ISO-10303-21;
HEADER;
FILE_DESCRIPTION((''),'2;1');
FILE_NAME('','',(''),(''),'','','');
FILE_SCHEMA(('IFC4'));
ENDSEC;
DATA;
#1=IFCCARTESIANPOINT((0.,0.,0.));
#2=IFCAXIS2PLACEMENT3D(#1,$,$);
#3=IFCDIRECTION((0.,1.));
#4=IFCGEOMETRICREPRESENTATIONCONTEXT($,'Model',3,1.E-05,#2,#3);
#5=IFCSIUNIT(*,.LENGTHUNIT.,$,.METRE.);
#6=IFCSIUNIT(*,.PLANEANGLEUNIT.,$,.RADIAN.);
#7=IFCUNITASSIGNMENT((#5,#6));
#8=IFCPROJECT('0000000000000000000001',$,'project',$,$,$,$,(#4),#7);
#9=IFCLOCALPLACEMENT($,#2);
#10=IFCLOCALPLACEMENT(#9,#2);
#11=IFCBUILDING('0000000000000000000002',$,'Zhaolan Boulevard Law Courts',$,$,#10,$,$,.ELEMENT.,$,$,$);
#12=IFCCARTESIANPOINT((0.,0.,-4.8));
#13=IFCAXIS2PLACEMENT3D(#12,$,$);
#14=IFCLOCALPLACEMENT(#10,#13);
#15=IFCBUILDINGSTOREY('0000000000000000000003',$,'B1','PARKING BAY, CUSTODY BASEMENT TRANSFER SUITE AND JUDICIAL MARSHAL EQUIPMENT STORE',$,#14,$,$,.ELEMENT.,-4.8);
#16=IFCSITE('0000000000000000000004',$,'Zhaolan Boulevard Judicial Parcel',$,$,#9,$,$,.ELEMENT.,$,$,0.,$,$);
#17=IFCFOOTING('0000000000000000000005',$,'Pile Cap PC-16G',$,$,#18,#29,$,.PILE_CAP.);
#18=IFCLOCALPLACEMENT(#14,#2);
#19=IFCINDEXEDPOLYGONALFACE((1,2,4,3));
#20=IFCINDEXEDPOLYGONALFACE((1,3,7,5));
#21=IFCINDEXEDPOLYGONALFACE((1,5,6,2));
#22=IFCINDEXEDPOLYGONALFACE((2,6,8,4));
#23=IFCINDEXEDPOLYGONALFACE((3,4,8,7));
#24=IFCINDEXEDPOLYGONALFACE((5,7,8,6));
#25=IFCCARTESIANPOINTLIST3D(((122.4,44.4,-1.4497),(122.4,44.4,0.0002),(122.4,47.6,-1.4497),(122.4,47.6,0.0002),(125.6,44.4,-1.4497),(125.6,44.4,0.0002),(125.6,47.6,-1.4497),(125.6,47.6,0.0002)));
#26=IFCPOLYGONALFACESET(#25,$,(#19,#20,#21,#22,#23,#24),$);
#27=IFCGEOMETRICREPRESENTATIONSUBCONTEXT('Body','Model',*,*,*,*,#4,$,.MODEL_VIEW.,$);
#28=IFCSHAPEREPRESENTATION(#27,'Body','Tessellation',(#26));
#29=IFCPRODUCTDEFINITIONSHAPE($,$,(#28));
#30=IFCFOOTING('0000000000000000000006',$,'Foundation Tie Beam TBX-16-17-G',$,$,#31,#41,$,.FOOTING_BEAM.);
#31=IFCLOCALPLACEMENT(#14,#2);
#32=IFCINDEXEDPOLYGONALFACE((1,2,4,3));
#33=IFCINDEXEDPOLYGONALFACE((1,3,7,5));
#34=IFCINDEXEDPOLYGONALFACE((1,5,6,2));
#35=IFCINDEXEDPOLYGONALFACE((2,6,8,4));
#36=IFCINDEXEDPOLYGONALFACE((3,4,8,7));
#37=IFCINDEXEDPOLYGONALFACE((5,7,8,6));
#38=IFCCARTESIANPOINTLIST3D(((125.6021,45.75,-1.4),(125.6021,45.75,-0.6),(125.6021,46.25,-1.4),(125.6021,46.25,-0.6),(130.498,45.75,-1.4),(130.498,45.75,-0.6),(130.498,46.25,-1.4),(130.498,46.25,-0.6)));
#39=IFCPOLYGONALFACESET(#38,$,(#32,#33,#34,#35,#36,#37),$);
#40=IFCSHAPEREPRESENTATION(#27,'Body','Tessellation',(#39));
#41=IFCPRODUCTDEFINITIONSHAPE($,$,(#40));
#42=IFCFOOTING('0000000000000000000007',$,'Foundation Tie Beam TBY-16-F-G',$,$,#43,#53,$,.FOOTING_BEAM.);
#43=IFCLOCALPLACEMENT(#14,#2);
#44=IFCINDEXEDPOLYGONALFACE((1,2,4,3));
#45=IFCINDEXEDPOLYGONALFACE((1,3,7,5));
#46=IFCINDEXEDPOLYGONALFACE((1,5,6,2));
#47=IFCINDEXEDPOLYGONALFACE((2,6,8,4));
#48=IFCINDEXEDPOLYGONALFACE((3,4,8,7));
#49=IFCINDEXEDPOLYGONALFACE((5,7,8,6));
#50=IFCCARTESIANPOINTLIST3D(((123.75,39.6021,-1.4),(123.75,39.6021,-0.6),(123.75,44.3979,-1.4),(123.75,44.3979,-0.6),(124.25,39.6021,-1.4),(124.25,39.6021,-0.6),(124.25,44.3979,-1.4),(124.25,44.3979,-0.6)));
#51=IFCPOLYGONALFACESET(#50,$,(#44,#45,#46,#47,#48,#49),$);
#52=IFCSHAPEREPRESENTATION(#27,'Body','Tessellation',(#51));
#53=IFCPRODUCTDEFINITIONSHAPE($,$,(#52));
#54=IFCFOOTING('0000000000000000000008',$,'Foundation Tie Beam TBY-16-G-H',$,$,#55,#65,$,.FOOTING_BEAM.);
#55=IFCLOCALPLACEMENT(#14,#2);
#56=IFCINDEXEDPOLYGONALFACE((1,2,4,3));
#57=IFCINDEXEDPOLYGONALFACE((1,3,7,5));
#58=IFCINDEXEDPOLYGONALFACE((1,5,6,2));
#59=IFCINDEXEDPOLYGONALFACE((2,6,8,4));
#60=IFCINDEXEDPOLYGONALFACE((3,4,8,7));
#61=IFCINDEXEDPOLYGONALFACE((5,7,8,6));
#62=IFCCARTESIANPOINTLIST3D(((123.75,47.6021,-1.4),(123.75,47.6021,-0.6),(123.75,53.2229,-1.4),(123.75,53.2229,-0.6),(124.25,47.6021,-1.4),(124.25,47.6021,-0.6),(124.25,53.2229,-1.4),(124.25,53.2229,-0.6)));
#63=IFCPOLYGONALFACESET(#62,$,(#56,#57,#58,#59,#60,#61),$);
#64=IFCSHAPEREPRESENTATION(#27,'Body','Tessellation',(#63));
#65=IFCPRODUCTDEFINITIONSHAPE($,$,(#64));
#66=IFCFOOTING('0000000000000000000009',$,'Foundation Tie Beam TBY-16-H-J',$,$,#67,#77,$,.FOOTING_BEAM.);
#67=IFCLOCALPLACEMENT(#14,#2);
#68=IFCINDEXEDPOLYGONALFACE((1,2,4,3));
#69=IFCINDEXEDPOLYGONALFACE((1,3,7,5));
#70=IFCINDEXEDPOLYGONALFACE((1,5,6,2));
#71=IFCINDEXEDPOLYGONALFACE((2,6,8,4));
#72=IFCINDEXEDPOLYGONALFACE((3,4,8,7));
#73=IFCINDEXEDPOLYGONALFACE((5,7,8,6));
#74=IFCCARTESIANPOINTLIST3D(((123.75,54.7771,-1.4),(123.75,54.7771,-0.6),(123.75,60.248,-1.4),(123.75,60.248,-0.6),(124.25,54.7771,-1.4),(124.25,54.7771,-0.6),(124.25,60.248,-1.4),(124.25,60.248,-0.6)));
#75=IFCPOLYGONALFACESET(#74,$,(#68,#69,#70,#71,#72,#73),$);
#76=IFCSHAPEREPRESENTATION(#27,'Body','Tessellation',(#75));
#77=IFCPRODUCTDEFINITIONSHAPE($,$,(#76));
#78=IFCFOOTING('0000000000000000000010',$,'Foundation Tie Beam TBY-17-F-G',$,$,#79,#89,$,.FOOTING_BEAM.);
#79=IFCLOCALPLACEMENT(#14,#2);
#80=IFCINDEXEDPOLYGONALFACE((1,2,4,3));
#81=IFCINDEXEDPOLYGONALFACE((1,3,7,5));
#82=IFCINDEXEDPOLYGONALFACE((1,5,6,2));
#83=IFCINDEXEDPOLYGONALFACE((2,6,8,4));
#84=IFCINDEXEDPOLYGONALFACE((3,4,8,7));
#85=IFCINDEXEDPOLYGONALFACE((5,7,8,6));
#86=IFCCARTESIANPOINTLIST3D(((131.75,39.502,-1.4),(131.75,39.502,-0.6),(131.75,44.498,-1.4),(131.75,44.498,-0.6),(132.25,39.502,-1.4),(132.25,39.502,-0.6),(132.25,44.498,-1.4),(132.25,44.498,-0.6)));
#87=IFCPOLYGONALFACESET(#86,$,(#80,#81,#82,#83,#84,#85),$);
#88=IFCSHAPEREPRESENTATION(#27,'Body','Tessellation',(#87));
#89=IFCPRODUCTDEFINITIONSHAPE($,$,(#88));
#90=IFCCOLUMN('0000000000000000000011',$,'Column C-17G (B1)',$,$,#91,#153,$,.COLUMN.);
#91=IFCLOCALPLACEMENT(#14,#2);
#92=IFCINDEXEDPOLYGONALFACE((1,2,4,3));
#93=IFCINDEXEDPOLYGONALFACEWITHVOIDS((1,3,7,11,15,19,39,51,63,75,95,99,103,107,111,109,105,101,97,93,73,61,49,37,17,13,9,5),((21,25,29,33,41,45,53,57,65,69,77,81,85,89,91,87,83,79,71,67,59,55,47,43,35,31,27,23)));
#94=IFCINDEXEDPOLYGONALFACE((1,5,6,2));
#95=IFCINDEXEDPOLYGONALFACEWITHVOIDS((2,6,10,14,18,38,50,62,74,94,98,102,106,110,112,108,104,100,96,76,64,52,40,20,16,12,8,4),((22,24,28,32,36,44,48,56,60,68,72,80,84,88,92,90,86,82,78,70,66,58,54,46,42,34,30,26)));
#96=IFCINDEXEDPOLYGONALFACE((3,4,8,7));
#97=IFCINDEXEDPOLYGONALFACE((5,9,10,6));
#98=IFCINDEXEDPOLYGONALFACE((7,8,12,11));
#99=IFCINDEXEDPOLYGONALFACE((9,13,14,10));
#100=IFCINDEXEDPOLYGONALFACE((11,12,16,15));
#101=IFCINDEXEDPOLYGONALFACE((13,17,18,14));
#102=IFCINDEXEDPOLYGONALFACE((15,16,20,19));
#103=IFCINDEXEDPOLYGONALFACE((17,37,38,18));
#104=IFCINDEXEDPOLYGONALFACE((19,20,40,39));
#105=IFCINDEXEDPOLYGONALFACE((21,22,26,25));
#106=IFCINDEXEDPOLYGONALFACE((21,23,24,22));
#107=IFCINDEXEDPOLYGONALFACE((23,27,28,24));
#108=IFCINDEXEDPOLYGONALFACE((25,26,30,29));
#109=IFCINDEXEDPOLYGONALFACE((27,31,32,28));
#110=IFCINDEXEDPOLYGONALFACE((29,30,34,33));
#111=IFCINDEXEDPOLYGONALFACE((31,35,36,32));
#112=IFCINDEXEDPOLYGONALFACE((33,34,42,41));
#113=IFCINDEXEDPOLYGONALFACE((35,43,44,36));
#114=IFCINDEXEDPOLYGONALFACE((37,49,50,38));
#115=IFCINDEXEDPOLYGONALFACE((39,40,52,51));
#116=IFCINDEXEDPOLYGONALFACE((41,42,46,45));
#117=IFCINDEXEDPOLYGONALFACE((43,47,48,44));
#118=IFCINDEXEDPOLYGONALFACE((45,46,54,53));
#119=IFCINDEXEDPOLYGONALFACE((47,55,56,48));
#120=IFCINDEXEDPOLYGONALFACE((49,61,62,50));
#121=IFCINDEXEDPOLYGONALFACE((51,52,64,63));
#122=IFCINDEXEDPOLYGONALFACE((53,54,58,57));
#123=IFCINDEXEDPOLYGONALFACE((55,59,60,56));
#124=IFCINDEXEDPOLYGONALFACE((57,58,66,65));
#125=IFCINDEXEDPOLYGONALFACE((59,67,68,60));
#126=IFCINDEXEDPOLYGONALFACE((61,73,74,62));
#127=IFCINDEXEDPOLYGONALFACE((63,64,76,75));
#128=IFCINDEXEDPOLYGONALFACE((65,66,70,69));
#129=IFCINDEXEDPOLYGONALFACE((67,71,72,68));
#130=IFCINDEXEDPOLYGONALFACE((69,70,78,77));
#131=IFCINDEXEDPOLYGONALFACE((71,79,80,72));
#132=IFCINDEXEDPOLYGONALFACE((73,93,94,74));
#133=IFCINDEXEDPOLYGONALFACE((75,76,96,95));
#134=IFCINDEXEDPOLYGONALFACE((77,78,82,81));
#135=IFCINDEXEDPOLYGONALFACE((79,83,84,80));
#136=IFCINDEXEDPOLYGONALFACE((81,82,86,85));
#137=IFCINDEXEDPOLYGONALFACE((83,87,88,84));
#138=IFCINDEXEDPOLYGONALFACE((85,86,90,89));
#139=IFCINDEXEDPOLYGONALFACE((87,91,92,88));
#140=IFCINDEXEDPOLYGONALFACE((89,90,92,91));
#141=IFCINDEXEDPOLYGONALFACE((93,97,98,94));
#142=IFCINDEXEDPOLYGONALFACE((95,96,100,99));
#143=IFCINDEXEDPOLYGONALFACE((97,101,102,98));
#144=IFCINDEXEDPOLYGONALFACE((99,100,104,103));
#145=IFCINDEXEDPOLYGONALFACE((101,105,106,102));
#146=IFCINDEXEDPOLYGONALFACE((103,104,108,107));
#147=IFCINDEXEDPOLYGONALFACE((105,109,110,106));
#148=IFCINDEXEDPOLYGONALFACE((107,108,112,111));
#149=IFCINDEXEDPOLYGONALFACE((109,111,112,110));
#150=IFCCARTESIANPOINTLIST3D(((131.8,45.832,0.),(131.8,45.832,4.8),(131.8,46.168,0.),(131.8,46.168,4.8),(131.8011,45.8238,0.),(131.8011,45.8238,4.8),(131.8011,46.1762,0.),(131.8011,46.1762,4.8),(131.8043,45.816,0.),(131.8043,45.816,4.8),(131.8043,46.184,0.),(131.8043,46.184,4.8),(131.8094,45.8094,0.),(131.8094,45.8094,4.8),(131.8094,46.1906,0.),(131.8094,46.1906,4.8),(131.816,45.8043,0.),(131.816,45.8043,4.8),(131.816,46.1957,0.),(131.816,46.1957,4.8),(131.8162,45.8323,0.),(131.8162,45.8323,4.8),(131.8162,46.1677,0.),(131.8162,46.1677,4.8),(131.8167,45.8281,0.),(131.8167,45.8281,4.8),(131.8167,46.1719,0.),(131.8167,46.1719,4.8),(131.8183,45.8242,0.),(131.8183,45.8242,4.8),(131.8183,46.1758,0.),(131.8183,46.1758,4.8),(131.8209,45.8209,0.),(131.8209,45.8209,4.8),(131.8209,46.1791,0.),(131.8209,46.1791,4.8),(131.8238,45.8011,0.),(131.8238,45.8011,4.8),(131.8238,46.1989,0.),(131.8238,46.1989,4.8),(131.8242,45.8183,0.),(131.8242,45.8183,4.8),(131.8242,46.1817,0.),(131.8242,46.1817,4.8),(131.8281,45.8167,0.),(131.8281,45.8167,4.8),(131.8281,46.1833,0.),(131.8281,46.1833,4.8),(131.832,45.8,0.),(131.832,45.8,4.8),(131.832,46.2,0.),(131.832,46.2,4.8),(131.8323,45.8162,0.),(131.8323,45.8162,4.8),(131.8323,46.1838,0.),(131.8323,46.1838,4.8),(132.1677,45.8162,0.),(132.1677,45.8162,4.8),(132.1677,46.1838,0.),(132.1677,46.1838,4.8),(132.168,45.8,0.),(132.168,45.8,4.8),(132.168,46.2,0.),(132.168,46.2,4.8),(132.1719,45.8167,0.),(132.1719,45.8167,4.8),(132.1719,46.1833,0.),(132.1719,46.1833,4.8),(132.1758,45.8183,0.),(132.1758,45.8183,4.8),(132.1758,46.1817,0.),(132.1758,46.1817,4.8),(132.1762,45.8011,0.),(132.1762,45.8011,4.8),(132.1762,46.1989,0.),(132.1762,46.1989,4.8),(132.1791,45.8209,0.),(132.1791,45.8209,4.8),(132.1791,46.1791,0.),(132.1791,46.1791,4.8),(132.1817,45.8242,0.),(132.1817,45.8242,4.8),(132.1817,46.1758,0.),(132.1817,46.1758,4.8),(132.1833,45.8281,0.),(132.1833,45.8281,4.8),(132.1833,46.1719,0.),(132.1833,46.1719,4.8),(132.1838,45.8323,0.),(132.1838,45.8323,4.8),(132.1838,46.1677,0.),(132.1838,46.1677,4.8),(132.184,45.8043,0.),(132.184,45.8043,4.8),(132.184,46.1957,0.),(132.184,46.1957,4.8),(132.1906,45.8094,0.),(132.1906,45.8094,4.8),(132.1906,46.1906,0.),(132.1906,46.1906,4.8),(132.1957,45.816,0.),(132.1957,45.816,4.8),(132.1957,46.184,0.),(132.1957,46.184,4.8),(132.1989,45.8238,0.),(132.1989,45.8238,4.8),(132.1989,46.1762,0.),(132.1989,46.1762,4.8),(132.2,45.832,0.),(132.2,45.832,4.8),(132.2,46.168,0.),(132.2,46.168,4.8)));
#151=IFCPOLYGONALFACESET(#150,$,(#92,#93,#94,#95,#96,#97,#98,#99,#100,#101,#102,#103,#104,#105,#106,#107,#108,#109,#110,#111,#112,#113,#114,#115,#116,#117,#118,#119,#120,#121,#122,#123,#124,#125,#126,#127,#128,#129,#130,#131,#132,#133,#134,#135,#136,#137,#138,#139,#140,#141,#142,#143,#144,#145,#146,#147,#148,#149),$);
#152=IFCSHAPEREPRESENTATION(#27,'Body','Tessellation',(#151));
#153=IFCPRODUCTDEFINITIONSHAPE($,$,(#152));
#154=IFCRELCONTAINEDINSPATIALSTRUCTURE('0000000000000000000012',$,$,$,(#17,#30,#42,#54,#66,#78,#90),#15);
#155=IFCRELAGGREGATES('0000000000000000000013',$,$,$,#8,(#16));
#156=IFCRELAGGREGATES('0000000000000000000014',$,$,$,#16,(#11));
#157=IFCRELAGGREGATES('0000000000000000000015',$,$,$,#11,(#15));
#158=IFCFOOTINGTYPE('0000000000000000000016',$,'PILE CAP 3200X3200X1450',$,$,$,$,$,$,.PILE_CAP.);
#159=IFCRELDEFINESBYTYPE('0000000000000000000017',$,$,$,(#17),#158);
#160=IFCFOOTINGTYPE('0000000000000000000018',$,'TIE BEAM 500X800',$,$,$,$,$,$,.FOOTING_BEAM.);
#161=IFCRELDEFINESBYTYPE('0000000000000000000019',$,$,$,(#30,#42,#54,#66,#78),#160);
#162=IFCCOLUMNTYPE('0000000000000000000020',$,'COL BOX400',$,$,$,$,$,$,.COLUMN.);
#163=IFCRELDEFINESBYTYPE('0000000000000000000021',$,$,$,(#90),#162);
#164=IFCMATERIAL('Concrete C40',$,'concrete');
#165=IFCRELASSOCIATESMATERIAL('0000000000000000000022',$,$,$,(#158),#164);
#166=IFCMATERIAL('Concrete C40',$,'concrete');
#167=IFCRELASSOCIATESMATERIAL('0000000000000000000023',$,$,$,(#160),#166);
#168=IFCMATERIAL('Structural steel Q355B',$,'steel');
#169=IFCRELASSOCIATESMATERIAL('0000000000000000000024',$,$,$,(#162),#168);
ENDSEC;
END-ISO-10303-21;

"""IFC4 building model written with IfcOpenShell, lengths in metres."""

from ifc_helpers import new_model, si_unit, direction, frame, origin, origin_2d, place, context, subcontext, project, spatial, rectangle, hollow_rectangle, extrude, material, material_profile, profile_set, type_object, element, save


model = new_model("IFC4")

# Units and contexts
model_context = context("Model", 3, precision=1e-05, world=origin(), true_north=direction((0.0, 1.0)))
body_context = subcontext(model_context, "Body", "Model", "MODEL_VIEW")
ifc_project = project(units=[si_unit("LENGTHUNIT", "METRE"), si_unit("PLANEANGLEUNIT", "RADIAN")], contexts=[model_context])

# Site, building, storey
site_placement = place(None, origin())
site = spatial("IfcSite", under=ifc_project, at=site_placement, Name="Zhaolan Boulevard Judicial Parcel", CompositionType="ELEMENT", RefElevation=0.0)
building_placement = place(site_placement, origin())
building = spatial("IfcBuilding", under=site, at=building_placement, Name="Zhaolan Boulevard Law Courts", CompositionType="ELEMENT")
storey_placement = place(building_placement, frame((0.0, 0.0, -4.8)))
storey = spatial("IfcBuildingStorey", under=building, at=storey_placement, Name="B1", Description="PARKING BAY, CUSTODY BASEMENT TRANSFER SUITE AND JUDICIAL MARSHAL EQUIPMENT STORE", CompositionType="ELEMENT", Elevation=-4.8)

# Footings
ifc_material_1 = material(Name="Concrete C40", Category="concrete")
footing_type_1 = type_object("IfcFootingType", Name="PILE CAP 3200X3200X1450", PredefinedType="PILE_CAP", material=ifc_material_1)
footing_1_placement = place(storey_placement, frame((124.0, 46.0, -1.4497), z_axis=(0.0, 0.0, 1.0), x_axis=(1.0, 0.0, 0.0)))
element("IfcFooting", 1, at=footing_1_placement, inside=storey, type_object=footing_type_1, Name="Pile Cap PC-16G", PredefinedType="PILE_CAP", context=body_context, shape_type="SweptSolid", body=[
    extrude(rectangle(XDim=3.2, YDim=3.2, at=origin_2d()), origin(), (0.0, 0.0, 1.0), 1.45),
])
ifc_material_2 = material(Name="Concrete C40", Category="concrete")
ifc_material_profile_1 = material_profile(ifc_material_2, rectangle(XDim=0.5, YDim=0.8, at=origin_2d()), Name="RC500x800")
ifc_profile_set_1 = profile_set([ifc_material_profile_1], Name="Concrete C40")
footing_type_2 = type_object("IfcFootingType", Name="TIE BEAM 500X800", PredefinedType="FOOTING_BEAM", material=ifc_profile_set_1)
footing_2_placement = place(storey_placement, frame((125.6021, 46.0, -1.0), z_axis=(1.0, 0.0, 0.0), x_axis=(0.0, 1.0, 0.0)))
element("IfcFooting", 2, at=footing_2_placement, inside=storey, type_object=footing_type_2, Name="Foundation Tie Beam TBX-16-17-G", PredefinedType="FOOTING_BEAM", context=body_context, shape_type="SweptSolid", body=[
    extrude(rectangle(XDim=0.5, YDim=0.8, at=origin_2d()), origin(), (0.0, 0.0, 1.0), 4.896),
])
footing_3_placement = place(storey_placement, frame((124.0, 39.6021, -1.0), z_axis=(0.0, 1.0, 0.0), x_axis=(-1.0, 0.0, 0.0)))
element("IfcFooting", 3, at=footing_3_placement, inside=storey, type_object=footing_type_2, Name="Foundation Tie Beam TBY-16-F-G", PredefinedType="FOOTING_BEAM", context=body_context, shape_type="SweptSolid", body=[
    extrude(rectangle(XDim=0.5, YDim=0.8, at=origin_2d()), origin(), (0.0, 0.0, 1.0), 4.7959),
])
footing_4_placement = place(storey_placement, frame((124.0, 47.6021, -1.0), z_axis=(0.0, 1.0, 0.0), x_axis=(-1.0, 0.0, 0.0)))
element("IfcFooting", 4, at=footing_4_placement, inside=storey, type_object=footing_type_2, Name="Foundation Tie Beam TBY-16-G-H", PredefinedType="FOOTING_BEAM", context=body_context, shape_type="SweptSolid", body=[
    extrude(rectangle(XDim=0.5, YDim=0.8, at=origin_2d()), origin(), (0.0, 0.0, 1.0), 5.6208),
])
footing_5_placement = place(storey_placement, frame((124.0, 54.7771, -1.0), z_axis=(0.0, 1.0, 0.0), x_axis=(-1.0, 0.0, 0.0)))
element("IfcFooting", 5, at=footing_5_placement, inside=storey, type_object=footing_type_2, Name="Foundation Tie Beam TBY-16-H-J", PredefinedType="FOOTING_BEAM", context=body_context, shape_type="SweptSolid", body=[
    extrude(rectangle(XDim=0.5, YDim=0.8, at=origin_2d()), origin(), (0.0, 0.0, 1.0), 5.4709),
])
footing_6_placement = place(storey_placement, frame((132.0, 39.502, -1.0), z_axis=(0.0, 1.0, 0.0), x_axis=(-1.0, 0.0, 0.0)))
element("IfcFooting", 6, at=footing_6_placement, inside=storey, type_object=footing_type_2, Name="Foundation Tie Beam TBY-17-F-G", PredefinedType="FOOTING_BEAM", context=body_context, shape_type="SweptSolid", body=[
    extrude(rectangle(XDim=0.5, YDim=0.8, at=origin_2d()), origin(), (0.0, 0.0, 1.0), 4.9961),
])

# Column
ifc_material_3 = material(Name="Structural steel Q355B", Category="steel")
ifc_material_profile_2 = material_profile(ifc_material_3, hollow_rectangle(XDim=0.3999, YDim=0.3999, WallThickness=0.0161, InnerFilletRadius=0.0161, OuterFilletRadius=0.032, at=origin_2d()), Name="BOX400x400x16")
ifc_profile_set_2 = profile_set([ifc_material_profile_2], Name="Structural steel Q355B")
column_type_1 = type_object("IfcColumnType", Name="COL BOX400", PredefinedType="COLUMN", material=ifc_profile_set_2)
column_placement = place(storey_placement, frame((132.0, 46.0, 0.0), z_axis=(0.0, 0.0, 1.0), x_axis=(1.0, 0.0, 0.0)))
element("IfcColumn", 7, at=column_placement, inside=storey, type_object=column_type_1, Name="Column C-17G (B1)", PredefinedType="COLUMN", context=body_context, shape_type="SweptSolid", body=[
    extrude(hollow_rectangle(XDim=0.3999, YDim=0.3999, WallThickness=0.0161, InnerFilletRadius=0.0161, OuterFilletRadius=0.032, at=origin_2d()), origin(), (0.0, 0.0, 1.0), 4.8),
])

save(model, "model.ifc")
